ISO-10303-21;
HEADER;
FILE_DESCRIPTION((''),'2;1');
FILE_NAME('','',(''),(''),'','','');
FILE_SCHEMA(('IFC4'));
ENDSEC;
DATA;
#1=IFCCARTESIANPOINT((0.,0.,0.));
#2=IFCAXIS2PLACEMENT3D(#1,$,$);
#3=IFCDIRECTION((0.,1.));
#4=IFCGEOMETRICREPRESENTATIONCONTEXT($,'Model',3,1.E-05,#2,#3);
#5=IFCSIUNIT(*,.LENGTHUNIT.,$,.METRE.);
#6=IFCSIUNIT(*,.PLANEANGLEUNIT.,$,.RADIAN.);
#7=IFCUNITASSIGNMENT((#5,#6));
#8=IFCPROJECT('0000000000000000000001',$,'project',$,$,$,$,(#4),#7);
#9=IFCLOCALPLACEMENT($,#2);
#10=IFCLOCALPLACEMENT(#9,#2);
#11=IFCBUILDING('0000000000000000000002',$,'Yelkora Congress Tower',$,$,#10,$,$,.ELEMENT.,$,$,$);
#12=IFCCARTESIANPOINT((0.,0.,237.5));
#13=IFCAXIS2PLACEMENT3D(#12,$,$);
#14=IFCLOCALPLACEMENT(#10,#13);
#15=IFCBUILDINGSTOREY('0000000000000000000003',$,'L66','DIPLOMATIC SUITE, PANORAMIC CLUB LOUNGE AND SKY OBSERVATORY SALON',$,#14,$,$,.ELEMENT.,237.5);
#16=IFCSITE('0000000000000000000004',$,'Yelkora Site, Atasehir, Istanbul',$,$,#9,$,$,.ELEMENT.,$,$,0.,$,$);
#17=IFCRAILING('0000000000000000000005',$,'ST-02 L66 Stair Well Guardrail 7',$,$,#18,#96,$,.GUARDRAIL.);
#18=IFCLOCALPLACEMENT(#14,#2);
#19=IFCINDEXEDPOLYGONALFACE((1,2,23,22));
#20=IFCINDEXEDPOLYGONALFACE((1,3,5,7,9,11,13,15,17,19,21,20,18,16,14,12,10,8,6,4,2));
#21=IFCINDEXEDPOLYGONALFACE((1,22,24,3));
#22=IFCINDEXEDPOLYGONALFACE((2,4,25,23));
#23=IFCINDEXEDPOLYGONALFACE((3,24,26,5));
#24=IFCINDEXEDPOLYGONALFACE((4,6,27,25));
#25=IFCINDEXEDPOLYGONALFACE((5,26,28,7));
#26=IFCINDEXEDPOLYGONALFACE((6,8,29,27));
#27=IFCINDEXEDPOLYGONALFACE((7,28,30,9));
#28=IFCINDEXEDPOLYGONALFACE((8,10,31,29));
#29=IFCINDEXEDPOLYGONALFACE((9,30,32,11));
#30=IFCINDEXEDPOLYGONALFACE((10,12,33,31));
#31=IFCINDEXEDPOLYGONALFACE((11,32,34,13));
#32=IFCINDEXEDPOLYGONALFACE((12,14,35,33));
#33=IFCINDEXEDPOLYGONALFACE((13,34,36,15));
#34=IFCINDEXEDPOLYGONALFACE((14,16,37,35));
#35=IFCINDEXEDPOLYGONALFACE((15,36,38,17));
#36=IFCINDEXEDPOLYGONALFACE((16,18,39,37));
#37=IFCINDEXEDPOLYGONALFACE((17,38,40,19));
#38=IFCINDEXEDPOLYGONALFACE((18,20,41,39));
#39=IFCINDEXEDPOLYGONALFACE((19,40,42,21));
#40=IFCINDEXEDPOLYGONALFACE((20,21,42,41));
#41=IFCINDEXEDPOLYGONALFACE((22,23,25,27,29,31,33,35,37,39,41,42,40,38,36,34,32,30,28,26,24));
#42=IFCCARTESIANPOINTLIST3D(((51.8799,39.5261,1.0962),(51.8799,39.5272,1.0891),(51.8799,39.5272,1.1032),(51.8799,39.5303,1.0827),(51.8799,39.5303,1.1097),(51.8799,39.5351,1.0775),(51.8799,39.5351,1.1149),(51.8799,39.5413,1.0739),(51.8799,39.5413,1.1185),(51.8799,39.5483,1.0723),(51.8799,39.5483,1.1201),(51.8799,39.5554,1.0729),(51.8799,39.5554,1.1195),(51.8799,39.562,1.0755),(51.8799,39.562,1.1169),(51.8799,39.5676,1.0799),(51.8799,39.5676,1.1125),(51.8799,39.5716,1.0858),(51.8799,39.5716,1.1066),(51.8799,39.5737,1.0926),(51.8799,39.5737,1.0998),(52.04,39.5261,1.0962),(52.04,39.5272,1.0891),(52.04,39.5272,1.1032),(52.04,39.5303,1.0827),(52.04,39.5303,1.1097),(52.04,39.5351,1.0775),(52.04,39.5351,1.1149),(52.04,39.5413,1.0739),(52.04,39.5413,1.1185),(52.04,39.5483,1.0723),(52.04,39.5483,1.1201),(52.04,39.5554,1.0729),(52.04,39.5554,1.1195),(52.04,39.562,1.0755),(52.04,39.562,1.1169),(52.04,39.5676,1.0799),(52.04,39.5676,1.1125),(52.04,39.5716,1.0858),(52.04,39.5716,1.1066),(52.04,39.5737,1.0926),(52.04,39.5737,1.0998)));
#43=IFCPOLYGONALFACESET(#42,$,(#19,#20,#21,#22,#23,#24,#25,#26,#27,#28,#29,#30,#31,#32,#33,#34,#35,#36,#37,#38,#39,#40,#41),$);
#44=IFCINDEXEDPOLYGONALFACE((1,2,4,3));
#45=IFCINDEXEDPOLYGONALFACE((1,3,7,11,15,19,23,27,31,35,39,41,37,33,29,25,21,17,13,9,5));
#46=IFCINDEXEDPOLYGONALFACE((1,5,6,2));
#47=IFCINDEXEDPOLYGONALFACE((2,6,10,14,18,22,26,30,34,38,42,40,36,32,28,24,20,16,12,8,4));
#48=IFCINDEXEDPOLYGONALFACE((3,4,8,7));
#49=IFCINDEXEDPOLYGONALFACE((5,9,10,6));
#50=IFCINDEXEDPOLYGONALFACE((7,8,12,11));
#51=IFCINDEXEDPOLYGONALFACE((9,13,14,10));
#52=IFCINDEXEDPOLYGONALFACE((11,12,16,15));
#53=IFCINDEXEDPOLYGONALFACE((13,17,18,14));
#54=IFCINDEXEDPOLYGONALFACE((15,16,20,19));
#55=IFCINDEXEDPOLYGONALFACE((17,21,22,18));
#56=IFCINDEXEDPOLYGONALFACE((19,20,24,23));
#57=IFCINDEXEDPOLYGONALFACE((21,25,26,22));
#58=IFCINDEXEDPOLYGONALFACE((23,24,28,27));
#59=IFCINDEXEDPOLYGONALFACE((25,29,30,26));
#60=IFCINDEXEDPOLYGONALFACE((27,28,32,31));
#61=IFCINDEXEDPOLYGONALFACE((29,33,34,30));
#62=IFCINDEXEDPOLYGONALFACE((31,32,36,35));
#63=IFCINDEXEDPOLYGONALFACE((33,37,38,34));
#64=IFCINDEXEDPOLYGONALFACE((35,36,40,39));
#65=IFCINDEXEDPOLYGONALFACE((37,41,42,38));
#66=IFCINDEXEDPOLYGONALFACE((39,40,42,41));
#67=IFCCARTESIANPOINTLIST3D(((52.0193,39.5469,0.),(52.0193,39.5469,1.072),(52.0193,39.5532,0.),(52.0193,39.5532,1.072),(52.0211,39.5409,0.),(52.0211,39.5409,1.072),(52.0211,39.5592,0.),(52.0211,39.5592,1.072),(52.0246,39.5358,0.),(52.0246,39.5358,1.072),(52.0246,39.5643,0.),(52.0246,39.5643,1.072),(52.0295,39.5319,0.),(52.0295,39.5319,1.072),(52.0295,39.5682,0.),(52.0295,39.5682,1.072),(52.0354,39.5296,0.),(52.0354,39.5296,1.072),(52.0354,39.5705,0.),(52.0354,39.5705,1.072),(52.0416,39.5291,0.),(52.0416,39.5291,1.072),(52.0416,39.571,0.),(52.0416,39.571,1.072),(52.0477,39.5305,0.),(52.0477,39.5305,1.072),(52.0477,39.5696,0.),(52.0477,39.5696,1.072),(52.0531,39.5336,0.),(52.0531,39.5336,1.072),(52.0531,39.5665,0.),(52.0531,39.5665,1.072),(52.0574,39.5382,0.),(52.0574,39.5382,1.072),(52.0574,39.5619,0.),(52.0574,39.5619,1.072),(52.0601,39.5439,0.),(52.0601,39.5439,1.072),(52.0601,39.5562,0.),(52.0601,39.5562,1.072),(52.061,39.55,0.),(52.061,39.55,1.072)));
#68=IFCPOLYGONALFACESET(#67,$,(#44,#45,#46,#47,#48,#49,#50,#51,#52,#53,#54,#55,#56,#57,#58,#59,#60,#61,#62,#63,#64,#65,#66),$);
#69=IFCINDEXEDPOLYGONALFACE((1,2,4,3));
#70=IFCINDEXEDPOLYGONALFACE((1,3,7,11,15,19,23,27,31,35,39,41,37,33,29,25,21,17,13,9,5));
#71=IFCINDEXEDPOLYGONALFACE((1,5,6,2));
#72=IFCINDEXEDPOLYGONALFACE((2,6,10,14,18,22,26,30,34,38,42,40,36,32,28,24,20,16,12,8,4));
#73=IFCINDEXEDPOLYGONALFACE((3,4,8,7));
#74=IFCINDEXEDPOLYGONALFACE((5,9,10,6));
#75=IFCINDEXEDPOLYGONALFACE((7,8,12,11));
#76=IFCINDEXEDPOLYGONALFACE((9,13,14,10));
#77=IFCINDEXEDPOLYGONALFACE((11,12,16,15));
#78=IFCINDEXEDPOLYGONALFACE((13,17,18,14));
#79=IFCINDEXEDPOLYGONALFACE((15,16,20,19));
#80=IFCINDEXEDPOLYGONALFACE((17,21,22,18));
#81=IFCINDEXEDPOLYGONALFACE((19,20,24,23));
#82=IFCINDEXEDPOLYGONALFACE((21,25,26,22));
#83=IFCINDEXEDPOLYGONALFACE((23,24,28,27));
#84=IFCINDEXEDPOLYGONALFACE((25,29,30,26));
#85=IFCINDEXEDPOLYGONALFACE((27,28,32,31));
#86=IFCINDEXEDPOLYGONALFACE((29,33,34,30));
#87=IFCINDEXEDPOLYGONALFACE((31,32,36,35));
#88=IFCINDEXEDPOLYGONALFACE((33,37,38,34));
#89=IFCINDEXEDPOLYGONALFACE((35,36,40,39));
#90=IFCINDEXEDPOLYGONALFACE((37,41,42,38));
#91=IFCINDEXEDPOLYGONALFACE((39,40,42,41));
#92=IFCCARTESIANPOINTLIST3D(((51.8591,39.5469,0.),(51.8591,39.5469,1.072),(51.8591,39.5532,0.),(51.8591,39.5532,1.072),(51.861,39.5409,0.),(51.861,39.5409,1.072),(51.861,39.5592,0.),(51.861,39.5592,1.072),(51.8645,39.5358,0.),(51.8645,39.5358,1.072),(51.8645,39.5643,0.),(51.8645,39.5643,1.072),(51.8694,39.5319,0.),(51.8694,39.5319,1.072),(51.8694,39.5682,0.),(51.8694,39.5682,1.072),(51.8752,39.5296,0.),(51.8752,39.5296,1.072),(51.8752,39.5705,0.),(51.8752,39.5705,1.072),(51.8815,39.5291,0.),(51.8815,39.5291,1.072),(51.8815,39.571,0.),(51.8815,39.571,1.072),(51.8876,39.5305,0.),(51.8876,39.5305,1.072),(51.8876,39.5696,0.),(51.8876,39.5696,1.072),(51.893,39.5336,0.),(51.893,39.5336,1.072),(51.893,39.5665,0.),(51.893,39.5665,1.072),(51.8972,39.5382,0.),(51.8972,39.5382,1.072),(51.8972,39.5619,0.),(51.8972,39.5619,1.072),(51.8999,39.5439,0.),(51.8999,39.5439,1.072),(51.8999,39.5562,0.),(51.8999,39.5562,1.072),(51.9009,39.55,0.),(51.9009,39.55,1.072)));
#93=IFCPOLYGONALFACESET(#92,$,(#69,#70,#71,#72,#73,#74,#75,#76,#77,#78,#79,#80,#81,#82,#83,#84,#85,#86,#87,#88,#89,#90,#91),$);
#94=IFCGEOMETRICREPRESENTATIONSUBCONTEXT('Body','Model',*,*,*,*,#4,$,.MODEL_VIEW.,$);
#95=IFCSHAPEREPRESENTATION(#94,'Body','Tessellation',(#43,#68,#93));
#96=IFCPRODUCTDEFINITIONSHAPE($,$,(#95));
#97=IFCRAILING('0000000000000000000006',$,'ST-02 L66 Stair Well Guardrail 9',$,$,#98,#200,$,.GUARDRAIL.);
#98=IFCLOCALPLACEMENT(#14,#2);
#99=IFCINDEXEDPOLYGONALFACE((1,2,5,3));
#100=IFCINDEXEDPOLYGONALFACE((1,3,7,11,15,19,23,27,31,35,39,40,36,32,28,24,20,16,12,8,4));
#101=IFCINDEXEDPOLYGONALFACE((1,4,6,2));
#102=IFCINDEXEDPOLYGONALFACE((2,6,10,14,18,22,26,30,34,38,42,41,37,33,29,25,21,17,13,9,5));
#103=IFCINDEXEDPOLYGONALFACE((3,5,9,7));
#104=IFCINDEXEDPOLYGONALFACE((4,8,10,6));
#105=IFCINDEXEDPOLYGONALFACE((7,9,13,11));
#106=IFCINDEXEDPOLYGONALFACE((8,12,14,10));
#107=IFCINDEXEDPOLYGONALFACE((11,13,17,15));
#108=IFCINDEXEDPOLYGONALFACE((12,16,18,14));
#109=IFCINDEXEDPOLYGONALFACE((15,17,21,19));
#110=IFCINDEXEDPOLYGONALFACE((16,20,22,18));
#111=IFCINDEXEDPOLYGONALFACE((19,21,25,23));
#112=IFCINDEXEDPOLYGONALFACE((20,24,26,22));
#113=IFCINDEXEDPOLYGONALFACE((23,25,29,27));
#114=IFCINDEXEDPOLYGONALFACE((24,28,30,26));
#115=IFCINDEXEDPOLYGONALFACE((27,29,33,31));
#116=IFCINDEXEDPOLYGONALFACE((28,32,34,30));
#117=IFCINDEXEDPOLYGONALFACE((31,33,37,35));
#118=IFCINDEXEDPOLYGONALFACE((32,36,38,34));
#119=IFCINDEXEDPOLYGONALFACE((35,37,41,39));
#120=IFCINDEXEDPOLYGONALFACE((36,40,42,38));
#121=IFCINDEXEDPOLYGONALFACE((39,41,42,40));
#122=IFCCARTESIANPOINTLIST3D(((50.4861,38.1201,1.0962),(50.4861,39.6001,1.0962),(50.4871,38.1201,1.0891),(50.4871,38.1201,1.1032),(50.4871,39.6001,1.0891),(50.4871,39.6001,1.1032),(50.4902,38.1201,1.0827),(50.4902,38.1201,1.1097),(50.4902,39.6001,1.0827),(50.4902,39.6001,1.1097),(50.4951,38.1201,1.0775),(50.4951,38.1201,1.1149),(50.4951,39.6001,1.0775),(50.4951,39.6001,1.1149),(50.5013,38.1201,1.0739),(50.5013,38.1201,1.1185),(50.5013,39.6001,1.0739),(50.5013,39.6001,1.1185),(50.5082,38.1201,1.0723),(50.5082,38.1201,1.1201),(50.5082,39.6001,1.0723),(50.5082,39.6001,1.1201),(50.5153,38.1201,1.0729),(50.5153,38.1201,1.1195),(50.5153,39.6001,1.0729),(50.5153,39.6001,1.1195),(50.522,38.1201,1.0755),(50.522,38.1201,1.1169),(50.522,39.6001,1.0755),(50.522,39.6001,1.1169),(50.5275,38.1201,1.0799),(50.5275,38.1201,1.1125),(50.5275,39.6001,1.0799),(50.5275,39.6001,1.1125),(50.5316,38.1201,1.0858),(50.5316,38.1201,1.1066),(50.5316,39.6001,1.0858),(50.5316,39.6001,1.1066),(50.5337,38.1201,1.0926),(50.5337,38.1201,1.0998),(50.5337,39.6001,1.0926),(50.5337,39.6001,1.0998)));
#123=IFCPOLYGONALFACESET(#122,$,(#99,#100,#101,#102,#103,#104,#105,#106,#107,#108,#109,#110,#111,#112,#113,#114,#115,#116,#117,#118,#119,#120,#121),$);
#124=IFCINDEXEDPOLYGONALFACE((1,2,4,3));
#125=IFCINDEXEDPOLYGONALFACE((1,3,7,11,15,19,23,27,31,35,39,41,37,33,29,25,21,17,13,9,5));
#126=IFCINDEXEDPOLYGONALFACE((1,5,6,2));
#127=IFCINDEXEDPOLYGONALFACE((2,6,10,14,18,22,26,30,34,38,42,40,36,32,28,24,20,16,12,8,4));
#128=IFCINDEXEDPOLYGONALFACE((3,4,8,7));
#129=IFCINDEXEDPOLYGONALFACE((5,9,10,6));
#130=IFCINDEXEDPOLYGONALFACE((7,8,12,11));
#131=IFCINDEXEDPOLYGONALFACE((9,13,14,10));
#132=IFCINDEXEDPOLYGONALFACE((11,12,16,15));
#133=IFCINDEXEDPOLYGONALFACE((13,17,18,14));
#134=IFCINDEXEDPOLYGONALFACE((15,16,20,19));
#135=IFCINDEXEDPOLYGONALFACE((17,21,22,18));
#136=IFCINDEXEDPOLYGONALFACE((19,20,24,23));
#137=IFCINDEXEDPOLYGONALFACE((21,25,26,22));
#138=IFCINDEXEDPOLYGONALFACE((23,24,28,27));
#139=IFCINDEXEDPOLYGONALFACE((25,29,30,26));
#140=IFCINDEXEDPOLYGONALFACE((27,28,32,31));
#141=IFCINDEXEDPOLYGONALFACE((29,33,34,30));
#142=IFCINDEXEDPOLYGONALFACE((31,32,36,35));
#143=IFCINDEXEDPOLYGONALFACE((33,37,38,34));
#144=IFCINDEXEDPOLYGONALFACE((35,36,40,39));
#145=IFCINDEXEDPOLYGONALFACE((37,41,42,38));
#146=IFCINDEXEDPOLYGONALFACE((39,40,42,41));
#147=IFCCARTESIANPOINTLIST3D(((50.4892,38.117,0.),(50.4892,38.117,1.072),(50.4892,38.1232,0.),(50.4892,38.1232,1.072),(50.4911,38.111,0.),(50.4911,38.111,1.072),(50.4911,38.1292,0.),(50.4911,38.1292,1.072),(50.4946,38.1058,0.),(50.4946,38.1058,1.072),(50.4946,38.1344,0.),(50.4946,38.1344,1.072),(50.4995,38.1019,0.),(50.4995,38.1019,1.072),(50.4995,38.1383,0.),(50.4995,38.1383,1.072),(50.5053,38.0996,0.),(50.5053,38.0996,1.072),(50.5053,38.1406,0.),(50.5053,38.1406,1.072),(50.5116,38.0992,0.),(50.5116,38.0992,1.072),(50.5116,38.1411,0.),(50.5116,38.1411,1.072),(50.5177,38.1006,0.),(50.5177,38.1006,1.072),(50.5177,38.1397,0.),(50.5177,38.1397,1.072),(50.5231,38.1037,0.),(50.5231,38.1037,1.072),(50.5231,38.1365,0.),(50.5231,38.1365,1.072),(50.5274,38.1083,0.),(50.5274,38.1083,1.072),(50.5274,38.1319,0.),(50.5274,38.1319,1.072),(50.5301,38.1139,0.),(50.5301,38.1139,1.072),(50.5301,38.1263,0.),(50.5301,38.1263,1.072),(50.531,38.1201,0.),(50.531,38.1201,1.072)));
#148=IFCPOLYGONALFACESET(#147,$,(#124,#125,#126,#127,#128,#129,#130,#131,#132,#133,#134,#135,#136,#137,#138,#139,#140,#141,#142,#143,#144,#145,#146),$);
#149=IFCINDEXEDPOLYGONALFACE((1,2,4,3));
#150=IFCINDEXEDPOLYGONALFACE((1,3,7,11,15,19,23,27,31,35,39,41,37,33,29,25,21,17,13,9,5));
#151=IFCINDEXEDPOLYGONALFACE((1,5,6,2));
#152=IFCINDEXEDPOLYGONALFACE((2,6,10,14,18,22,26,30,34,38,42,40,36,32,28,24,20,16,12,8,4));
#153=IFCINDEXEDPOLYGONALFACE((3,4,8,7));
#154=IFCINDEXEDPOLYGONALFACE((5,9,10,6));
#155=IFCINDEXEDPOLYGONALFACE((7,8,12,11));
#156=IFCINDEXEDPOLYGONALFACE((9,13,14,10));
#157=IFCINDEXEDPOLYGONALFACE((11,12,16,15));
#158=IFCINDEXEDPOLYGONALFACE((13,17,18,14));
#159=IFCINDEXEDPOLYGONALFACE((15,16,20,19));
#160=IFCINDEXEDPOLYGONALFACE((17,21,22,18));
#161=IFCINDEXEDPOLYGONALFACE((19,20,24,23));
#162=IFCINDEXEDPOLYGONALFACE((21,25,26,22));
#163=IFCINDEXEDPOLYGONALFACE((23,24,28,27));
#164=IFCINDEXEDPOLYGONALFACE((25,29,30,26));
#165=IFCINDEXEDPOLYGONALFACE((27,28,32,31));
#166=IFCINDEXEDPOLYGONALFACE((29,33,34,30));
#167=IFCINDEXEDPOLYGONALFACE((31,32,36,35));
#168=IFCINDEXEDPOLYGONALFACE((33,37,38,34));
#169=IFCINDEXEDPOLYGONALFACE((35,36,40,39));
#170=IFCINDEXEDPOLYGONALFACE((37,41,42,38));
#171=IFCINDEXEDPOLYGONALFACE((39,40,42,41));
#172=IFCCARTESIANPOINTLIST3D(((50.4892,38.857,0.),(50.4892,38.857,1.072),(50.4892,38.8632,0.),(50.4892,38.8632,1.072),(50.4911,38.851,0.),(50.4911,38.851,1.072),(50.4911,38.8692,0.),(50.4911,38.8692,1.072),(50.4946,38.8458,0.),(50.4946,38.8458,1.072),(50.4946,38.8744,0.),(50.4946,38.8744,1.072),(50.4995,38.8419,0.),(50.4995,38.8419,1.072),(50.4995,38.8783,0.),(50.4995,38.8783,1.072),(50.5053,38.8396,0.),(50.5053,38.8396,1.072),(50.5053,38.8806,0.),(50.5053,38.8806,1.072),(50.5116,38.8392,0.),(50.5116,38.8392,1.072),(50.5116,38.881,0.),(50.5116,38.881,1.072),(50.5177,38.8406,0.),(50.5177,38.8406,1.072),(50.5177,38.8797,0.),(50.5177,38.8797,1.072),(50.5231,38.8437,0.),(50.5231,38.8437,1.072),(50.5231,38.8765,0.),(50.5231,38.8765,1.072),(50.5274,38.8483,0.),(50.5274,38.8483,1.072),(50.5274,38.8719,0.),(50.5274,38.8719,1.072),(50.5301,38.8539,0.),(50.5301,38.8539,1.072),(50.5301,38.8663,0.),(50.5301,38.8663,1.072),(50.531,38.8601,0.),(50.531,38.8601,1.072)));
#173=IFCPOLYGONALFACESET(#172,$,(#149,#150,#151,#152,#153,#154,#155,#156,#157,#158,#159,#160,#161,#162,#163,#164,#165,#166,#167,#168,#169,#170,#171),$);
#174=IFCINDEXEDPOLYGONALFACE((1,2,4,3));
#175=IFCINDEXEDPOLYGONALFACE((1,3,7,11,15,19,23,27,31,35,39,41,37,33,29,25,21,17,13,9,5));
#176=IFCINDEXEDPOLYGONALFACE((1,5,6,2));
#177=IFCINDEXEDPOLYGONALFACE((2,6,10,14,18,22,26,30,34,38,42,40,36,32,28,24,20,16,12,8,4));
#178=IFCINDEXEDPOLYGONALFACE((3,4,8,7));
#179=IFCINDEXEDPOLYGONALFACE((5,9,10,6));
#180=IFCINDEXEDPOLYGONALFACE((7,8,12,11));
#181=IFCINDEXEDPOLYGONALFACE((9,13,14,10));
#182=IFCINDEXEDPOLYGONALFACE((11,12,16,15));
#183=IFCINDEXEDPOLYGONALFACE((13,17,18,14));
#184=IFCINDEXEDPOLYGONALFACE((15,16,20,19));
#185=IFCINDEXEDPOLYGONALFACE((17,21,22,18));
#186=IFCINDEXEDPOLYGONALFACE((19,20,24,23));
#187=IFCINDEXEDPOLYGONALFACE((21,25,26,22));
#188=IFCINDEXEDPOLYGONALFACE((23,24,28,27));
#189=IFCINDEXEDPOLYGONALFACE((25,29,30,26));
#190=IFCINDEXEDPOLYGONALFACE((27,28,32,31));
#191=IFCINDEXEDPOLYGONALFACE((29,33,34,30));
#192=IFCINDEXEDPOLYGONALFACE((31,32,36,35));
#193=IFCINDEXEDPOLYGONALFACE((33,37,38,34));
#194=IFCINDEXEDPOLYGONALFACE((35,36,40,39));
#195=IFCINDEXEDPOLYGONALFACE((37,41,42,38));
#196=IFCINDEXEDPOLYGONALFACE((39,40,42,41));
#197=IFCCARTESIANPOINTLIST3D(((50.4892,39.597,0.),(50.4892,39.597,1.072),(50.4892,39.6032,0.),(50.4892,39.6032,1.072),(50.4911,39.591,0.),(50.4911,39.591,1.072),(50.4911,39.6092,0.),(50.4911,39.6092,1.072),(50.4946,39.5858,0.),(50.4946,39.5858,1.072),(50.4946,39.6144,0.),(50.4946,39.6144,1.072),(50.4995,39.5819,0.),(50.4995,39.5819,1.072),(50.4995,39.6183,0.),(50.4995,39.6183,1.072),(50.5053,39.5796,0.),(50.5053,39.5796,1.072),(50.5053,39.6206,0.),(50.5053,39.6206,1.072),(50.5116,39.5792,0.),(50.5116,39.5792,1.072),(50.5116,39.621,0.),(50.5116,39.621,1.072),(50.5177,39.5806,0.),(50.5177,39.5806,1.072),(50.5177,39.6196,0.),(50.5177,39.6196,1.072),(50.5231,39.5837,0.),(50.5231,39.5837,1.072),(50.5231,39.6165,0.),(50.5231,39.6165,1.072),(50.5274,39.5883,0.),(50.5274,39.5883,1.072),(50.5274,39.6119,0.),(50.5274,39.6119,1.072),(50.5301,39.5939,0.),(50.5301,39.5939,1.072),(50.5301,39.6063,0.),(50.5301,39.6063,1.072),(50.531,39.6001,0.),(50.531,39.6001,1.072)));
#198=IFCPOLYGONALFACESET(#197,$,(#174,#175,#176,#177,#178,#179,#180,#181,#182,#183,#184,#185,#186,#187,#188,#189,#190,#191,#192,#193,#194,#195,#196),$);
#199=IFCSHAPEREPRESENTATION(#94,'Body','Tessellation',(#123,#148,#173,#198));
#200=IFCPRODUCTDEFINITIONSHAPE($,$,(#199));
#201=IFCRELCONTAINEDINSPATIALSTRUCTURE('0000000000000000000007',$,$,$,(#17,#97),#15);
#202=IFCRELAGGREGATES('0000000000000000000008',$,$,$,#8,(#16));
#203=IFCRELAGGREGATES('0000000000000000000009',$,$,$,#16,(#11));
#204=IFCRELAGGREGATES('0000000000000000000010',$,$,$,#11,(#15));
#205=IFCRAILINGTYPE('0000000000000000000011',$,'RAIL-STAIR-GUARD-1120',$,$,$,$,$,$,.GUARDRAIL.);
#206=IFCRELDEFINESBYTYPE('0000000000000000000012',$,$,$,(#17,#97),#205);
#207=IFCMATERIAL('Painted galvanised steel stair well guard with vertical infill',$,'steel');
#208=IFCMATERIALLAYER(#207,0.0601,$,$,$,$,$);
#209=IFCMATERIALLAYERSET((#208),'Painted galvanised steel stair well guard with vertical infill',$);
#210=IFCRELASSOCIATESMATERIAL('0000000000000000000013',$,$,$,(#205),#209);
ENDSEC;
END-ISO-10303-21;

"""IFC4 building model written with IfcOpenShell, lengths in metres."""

from ifc_helpers import new_model, si_unit, direction, frame, origin, origin_2d, place, context, subcontext, project, spatial, circle, extrude, material, layer, layer_set, type_object, element, save


model = new_model("IFC4")

# Units and contexts
model_context = context("Model", 3, precision=1e-05, world=origin(), true_north=direction((0.0, 1.0)))
body_context = subcontext(model_context, "Body", "Model", "MODEL_VIEW")
ifc_project = project(units=[si_unit("LENGTHUNIT", "METRE"), si_unit("PLANEANGLEUNIT", "RADIAN")], contexts=[model_context])

# Site, building, storey
site_placement = place(None, origin())
site = spatial("IfcSite", under=ifc_project, at=site_placement, Name="Yelkora Site, Atasehir, Istanbul", CompositionType="ELEMENT", RefElevation=0.0)
building_placement = place(site_placement, origin())
building = spatial("IfcBuilding", under=site, at=building_placement, Name="Yelkora Congress Tower", CompositionType="ELEMENT")
storey_placement = place(building_placement, frame((0.0, 0.0, 237.5)))
storey = spatial("IfcBuildingStorey", under=building, at=storey_placement, Name="L66", Description="DIPLOMATIC SUITE, PANORAMIC CLUB LOUNGE AND SKY OBSERVATORY SALON", CompositionType="ELEMENT", Elevation=237.5)

# Railings
ifc_material_1 = material(Name="Painted galvanised steel stair well guard with vertical infill", Category="steel")
ifc_layer_1 = layer(ifc_material_1, 0.0601)
ifc_layer_set_1 = layer_set([ifc_layer_1], Name="Painted galvanised steel stair well guard with vertical infill")
railing_type_1 = type_object("IfcRailingType", Name="RAIL-STAIR-GUARD-1120", PredefinedType="GUARDRAIL", material=ifc_layer_set_1)
railing_1_placement = place(storey_placement, frame((52.04, 39.55, 0.0)))
element("IfcRailing", 1, at=railing_1_placement, inside=storey, type_object=railing_type_1, Name="ST-02 L66 Stair Well Guardrail 7", PredefinedType="GUARDRAIL", context=body_context, shape_type="SweptSolid", body=[
    extrude(circle(Radius=0.0239, at=origin_2d()), frame((0.0, 0.0, 1.0962), z_axis=(-1.0, 0.0, 0.0), x_axis=(0.0, -1.0, 0.0)), (0.0, 0.0, 1.0), 0.1602),
    extrude(circle(Radius=0.021, at=origin_2d()), origin(), (0.0, 0.0, 1.0), 1.072),
    extrude(circle(Radius=0.021, at=origin_2d()), frame((-0.1602, 0.0, 0.0)), (0.0, 0.0, 1.0), 1.072),
])
railing_2_placement = place(storey_placement, frame((50.51, 38.1201, 0.0)))
element("IfcRailing", 2, at=railing_2_placement, inside=storey, type_object=railing_type_1, Name="ST-02 L66 Stair Well Guardrail 9", PredefinedType="GUARDRAIL", context=body_context, shape_type="SweptSolid", body=[
    extrude(circle(Radius=0.0239, at=origin_2d()), frame((0.0, 0.0, 1.0962), z_axis=(0.0, 1.0, 0.0), x_axis=(-1.0, 0.0, 0.0)), (0.0, 0.0, 1.0), 1.48),
    extrude(circle(Radius=0.021, at=origin_2d()), origin(), (0.0, 0.0, 1.0), 1.072),
    extrude(circle(Radius=0.021, at=origin_2d()), frame((0.0, 0.74, 0.0)), (0.0, 0.0, 1.0), 1.072),
    extrude(circle(Radius=0.021, at=origin_2d()), frame((0.0, 1.48, 0.0)), (0.0, 0.0, 1.0), 1.072),
])

save(model, "model.ifc")
